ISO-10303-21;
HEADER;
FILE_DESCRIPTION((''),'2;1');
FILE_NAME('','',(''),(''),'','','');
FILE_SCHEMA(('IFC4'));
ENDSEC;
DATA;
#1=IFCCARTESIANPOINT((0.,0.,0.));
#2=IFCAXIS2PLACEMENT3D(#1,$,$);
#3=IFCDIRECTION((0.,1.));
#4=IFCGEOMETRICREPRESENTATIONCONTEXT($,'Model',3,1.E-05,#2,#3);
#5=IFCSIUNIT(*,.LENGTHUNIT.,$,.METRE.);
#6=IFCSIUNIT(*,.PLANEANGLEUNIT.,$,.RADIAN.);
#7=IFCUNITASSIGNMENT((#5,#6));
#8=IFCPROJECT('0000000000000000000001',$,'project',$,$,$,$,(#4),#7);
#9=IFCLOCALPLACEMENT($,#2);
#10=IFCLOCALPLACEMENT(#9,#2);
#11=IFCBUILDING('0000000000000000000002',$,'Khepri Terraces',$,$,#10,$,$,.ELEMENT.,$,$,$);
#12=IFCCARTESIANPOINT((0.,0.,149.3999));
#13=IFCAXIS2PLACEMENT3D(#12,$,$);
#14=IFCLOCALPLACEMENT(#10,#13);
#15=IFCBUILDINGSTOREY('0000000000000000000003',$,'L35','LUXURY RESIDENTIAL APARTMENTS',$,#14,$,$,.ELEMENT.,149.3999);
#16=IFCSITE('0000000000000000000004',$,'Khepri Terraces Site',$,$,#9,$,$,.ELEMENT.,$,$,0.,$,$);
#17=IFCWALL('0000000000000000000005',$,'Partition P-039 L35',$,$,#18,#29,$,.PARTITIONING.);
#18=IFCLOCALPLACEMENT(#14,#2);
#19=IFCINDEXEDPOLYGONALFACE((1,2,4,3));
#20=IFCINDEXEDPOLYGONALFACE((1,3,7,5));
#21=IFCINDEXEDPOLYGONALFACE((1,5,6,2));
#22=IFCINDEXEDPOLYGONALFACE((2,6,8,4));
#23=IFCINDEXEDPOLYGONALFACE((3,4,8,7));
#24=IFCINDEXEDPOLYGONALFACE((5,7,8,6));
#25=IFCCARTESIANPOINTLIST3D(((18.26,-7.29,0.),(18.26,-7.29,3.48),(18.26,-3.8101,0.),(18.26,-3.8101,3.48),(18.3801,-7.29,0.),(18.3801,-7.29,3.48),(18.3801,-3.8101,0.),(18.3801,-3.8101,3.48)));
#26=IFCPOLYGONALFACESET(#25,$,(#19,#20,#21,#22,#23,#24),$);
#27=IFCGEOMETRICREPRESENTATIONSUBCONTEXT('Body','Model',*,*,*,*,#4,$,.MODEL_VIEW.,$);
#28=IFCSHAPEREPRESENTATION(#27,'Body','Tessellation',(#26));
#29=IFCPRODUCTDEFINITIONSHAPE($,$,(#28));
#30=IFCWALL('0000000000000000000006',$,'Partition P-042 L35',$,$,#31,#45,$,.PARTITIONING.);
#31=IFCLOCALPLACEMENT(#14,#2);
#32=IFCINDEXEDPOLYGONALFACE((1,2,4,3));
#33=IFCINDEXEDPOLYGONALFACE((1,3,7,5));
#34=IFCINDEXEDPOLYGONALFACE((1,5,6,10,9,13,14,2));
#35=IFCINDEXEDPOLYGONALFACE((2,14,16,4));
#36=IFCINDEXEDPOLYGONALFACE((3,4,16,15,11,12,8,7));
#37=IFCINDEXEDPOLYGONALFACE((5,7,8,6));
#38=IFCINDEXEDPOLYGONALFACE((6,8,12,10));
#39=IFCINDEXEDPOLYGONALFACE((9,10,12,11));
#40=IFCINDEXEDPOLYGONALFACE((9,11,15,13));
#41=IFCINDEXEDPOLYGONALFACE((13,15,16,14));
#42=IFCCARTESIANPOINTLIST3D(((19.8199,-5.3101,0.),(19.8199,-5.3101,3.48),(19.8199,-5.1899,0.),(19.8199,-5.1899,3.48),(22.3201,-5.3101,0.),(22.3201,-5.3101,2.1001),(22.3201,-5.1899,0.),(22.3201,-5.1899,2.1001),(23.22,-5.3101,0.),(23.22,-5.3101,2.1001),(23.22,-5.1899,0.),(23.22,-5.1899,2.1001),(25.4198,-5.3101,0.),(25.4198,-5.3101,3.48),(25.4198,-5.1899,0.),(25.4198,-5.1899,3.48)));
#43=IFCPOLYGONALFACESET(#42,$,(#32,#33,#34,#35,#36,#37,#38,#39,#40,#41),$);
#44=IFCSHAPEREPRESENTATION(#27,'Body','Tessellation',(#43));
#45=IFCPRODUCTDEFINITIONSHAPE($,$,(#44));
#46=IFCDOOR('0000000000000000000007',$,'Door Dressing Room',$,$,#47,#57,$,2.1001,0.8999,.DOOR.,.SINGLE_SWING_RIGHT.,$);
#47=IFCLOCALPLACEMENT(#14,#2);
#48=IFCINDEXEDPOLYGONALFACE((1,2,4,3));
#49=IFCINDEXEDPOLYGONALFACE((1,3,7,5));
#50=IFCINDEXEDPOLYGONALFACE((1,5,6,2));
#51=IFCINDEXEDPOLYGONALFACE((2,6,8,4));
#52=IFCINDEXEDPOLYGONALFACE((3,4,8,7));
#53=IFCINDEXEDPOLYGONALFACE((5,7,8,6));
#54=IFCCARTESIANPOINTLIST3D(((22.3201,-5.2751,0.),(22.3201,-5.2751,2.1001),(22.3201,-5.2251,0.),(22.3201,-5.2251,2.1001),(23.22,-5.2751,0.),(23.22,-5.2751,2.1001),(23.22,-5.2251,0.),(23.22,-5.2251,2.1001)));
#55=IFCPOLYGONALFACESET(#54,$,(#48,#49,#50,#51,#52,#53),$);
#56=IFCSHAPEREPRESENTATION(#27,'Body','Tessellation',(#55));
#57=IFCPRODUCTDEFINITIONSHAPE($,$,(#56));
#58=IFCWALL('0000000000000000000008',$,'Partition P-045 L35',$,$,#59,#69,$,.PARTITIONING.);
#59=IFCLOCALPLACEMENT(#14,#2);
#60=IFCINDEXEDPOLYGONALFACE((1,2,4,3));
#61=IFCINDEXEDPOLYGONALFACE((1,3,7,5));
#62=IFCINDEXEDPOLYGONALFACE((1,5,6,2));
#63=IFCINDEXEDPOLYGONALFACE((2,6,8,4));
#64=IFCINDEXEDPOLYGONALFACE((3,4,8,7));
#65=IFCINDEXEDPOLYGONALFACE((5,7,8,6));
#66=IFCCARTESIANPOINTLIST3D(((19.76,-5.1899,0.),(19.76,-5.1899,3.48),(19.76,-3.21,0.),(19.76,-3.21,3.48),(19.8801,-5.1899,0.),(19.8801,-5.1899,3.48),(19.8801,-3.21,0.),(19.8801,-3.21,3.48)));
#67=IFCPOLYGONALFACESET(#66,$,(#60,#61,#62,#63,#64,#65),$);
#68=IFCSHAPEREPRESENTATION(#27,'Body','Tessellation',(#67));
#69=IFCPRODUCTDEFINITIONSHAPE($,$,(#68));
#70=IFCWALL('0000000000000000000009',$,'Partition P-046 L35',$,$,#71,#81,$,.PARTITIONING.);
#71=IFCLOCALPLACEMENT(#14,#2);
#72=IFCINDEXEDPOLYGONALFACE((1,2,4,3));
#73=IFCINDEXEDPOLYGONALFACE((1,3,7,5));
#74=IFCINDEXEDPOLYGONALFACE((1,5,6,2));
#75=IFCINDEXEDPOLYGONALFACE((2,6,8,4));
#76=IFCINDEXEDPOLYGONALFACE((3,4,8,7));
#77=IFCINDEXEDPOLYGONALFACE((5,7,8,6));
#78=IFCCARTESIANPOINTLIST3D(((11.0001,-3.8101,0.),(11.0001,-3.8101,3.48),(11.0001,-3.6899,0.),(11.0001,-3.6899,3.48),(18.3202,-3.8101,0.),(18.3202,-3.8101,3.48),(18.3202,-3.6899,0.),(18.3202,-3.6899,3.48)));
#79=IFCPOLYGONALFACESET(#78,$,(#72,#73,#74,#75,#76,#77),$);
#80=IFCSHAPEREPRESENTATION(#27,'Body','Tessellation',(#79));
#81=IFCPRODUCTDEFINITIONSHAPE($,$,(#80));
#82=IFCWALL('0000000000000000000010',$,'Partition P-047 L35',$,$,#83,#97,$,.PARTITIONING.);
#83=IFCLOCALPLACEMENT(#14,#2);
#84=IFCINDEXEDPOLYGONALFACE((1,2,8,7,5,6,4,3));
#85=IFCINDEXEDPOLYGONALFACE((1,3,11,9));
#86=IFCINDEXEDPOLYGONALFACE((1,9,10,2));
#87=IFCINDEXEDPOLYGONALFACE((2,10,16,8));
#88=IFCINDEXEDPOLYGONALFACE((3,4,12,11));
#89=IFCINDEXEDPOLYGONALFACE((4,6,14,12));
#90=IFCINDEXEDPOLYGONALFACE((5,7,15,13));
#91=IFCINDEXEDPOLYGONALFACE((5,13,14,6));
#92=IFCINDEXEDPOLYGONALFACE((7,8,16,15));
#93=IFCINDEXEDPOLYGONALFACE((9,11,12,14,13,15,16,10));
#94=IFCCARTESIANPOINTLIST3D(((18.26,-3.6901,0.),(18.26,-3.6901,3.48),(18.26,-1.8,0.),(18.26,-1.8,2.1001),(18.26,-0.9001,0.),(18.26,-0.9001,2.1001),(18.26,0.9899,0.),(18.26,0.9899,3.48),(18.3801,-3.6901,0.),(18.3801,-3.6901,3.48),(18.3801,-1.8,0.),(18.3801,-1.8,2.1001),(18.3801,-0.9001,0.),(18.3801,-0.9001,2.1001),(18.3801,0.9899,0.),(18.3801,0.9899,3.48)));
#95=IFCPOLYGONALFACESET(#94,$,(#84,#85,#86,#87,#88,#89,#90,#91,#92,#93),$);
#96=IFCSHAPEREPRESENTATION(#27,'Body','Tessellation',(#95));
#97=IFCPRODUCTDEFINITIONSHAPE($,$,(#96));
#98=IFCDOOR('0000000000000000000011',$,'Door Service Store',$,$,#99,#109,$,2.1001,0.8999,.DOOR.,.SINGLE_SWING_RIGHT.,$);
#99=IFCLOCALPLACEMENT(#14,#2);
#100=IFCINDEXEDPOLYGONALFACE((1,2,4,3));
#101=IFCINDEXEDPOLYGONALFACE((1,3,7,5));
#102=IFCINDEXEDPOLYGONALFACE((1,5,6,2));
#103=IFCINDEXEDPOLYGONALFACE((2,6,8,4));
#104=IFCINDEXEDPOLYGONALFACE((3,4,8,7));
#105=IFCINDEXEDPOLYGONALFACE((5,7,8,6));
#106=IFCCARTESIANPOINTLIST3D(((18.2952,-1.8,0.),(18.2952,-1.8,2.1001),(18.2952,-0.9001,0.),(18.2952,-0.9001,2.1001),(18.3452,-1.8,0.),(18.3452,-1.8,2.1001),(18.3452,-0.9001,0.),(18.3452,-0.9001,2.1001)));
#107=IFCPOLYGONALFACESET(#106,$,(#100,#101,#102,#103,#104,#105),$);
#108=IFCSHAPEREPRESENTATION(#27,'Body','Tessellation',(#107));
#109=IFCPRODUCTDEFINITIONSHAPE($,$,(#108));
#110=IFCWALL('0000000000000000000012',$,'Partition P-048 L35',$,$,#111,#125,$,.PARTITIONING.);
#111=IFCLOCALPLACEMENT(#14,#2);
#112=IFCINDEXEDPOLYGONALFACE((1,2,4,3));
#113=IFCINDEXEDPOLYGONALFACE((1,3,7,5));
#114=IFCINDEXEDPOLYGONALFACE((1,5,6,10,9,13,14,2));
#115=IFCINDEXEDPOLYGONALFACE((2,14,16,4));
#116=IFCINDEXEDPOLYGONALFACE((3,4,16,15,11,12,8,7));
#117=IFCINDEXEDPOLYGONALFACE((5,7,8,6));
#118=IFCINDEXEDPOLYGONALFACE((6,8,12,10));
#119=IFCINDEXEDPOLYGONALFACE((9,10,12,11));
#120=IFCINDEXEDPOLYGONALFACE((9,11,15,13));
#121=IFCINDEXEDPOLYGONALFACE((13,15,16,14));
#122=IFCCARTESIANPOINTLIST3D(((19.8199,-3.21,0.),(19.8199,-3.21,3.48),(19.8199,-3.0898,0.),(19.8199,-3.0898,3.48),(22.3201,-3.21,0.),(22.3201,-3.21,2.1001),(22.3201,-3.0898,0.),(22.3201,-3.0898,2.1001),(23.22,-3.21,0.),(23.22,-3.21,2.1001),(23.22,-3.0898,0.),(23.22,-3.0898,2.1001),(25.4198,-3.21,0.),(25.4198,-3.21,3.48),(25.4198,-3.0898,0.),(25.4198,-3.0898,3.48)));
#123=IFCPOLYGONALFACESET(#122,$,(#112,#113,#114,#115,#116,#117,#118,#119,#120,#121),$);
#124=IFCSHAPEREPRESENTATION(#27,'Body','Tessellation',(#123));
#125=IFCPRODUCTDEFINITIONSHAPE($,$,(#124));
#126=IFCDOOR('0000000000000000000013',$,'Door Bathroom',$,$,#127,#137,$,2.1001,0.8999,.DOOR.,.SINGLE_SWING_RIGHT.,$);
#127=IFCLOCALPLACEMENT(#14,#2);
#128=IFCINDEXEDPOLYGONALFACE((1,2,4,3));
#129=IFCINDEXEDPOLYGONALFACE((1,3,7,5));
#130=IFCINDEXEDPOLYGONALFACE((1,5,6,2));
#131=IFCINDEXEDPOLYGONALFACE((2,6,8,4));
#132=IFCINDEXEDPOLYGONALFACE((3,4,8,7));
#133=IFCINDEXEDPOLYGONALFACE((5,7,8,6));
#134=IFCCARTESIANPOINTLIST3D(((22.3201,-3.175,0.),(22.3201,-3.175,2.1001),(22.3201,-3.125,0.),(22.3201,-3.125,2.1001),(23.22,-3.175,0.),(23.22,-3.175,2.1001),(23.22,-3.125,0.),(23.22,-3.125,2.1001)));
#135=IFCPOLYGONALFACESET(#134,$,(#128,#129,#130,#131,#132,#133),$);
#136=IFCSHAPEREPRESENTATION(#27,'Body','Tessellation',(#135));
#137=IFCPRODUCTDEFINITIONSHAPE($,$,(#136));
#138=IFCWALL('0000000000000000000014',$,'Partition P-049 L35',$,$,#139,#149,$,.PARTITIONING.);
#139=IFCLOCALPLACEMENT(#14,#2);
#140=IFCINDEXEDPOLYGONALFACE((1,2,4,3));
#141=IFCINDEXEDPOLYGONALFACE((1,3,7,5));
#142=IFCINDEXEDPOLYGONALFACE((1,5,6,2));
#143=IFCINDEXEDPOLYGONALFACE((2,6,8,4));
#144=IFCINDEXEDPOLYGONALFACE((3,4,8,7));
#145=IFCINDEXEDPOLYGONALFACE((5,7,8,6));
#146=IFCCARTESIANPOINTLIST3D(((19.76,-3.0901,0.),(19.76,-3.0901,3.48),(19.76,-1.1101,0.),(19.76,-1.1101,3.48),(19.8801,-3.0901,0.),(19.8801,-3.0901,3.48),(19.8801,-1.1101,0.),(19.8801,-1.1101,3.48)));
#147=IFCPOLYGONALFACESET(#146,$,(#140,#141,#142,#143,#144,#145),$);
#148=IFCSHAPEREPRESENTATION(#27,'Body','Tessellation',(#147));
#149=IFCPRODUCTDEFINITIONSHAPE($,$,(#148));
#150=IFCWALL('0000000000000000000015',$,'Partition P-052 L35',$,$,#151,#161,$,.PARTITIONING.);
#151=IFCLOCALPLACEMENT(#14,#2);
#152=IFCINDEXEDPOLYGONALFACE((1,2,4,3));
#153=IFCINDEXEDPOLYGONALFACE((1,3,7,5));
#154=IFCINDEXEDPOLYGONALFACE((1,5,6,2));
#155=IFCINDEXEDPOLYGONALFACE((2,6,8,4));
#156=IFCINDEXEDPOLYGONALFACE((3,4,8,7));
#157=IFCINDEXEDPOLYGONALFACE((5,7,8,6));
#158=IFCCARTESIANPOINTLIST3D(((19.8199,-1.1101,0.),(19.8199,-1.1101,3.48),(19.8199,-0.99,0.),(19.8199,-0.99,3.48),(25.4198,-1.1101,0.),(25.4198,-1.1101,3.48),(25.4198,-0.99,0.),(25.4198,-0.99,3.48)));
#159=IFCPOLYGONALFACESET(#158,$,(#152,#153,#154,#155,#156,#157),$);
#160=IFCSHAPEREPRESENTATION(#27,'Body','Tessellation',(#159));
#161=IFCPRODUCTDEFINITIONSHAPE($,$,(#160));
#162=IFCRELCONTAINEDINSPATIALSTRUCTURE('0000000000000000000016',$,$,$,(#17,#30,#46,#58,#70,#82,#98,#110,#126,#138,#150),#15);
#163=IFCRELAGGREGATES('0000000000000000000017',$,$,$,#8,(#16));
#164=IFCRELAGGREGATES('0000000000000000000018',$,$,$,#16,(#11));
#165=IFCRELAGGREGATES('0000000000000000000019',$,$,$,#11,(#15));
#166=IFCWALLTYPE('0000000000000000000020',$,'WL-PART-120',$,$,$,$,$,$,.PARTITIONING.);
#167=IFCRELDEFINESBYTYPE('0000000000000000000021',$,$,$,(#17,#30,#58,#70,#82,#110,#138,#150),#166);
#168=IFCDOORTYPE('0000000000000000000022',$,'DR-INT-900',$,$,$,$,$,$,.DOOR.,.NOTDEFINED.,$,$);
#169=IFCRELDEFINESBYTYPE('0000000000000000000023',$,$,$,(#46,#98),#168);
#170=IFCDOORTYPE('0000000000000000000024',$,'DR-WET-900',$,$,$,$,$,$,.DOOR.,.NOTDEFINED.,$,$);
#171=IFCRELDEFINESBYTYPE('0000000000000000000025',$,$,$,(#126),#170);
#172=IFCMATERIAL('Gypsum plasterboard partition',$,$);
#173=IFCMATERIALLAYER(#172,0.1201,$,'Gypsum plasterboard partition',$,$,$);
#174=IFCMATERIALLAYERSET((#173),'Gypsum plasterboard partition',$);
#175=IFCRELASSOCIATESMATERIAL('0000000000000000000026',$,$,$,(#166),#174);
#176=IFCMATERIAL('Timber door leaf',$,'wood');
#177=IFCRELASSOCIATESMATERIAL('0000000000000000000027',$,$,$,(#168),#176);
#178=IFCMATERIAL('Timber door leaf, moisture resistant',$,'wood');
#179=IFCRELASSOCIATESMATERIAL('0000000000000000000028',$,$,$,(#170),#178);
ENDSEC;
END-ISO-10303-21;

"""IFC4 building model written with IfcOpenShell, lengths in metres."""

from ifc_helpers import new_model, si_unit, direction, frame, frame_2d, origin, place, context, subcontext, project, spatial, rectangle, extrude, material, layer, layer_set, type_object, element, fill, save


model = new_model("IFC4")

# Units and contexts
model_context = context("Model", 3, precision=1e-05, world=origin(), true_north=direction((0.0, 1.0)))
body_context = subcontext(model_context, "Body", "Model", "MODEL_VIEW")
ifc_project = project(units=[si_unit("LENGTHUNIT", "METRE"), si_unit("PLANEANGLEUNIT", "RADIAN")], contexts=[model_context])

# Site, building, storey
site_placement = place(None, origin())
site = spatial("IfcSite", under=ifc_project, at=site_placement, Name="Khepri Terraces Site", CompositionType="ELEMENT", RefElevation=0.0)
building_placement = place(site_placement, origin())
building = spatial("IfcBuilding", under=site, at=building_placement, Name="Khepri Terraces", CompositionType="ELEMENT")
storey_placement = place(building_placement, frame((0.0, 0.0, 149.3999)))
storey = spatial("IfcBuildingStorey", under=building, at=storey_placement, Name="L35", Description="LUXURY RESIDENTIAL APARTMENTS", CompositionType="ELEMENT", Elevation=149.3999)

# Shared definitions
ifc_material_1 = material(Name="Gypsum plasterboard partition")
ifc_layer_1 = layer(ifc_material_1, 0.1201, Name="Gypsum plasterboard partition")
ifc_layer_set_1 = layer_set([ifc_layer_1], Name="Gypsum plasterboard partition")
wall_type_1 = type_object("IfcWallType", Name="WL-PART-120", PredefinedType="PARTITIONING", material=ifc_layer_set_1)
ifc_material_2 = material(Name="Timber door leaf", Category="wood")
door_type_1 = type_object("IfcDoorType", Name="DR-INT-900", OperationType="NOTDEFINED", PredefinedType="DOOR", material=ifc_material_2)

# Wall
wall_1_placement = place(storey_placement, frame((18.3201, -7.29, 0.0), z_axis=(0.0, 0.0, 1.0), x_axis=(0.0, 1.0, 0.0)))
element("IfcWall", 1, at=wall_1_placement, inside=storey, type_object=wall_type_1, Name="Partition P-039 L35", PredefinedType="PARTITIONING", context=body_context, shape_type="SweptSolid", body=[
    extrude(rectangle(XDim=3.48, YDim=0.1201, at=frame_2d((1.74, 0.0))), origin(), (0.0, 0.0, 1.0), 3.48),
])

# Wall, opening, door
wall_2_placement = place(storey_placement, frame((19.8201, -5.25, 0.0), z_axis=(0.0, 0.0, 1.0), x_axis=(1.0, 0.0, 0.0)))
wall_2 = element("IfcWall", 2, at=wall_2_placement, inside=storey, type_object=wall_type_1, Name="Partition P-042 L35", PredefinedType="PARTITIONING", context=body_context, shape_type="SweptSolid", body=[
    extrude(rectangle(XDim=5.5999, YDim=0.1201, at=frame_2d((2.7998, 0.0))), origin(), (0.0, 0.0, 1.0), 3.48),
])
opening_1_placement = place(wall_2_placement, frame((2.5, 0.0, 0.0)))
opening_1 = element("IfcOpeningElement", 3, at=opening_1_placement, cuts=wall_2, PredefinedType="OPENING", context=body_context, shape_type="SweptSolid", body=[
    extrude(rectangle(XDim=0.8999, YDim=2.1001, at=frame_2d((0.45, 1.05))), frame((0.0, 0.0701, 0.0), z_axis=(0.0, -1.0, 0.0), x_axis=(1.0, 0.0, 0.0)), (0.0, 0.0, 1.0), 0.1401),
])
door_1_placement = place(opening_1_placement, origin())
door_1 = element("IfcDoor", 4, at=door_1_placement, inside=storey, type_object=door_type_1, Name="Door Dressing Room", OperationType="SINGLE_SWING_RIGHT", OverallHeight=2.1001, OverallWidth=0.8999, PredefinedType="DOOR", context=body_context, shape_type="SweptSolid", body=[
    extrude(rectangle(XDim=0.8999, YDim=2.1001, at=frame_2d((0.45, 1.05))), frame((0.0, 0.0249, 0.0), z_axis=(0.0, -1.0, 0.0), x_axis=(1.0, 0.0, 0.0)), (0.0, 0.0, 1.0), 0.05),
])
fill(opening_1, door_1)

# Walls
wall_3_placement = place(storey_placement, frame((19.8201, -5.1899, 0.0), z_axis=(0.0, 0.0, 1.0), x_axis=(0.0, 1.0, 0.0)))
element("IfcWall", 5, at=wall_3_placement, inside=storey, type_object=wall_type_1, Name="Partition P-045 L35", PredefinedType="PARTITIONING", context=body_context, shape_type="SweptSolid", body=[
    extrude(rectangle(XDim=1.98, YDim=0.1201, at=frame_2d((0.99, 0.0))), origin(), (0.0, 0.0, 1.0), 3.48),
])
wall_4_placement = place(storey_placement, frame((11.0, -3.75, 0.0), z_axis=(0.0, 0.0, 1.0), x_axis=(1.0, 0.0, 0.0)))
element("IfcWall", 6, at=wall_4_placement, inside=storey, type_object=wall_type_1, Name="Partition P-046 L35", PredefinedType="PARTITIONING", context=body_context, shape_type="SweptSolid", body=[
    extrude(rectangle(XDim=7.3201, YDim=0.1201, at=frame_2d((3.6602, 0.0))), origin(), (0.0, 0.0, 1.0), 3.48),
])

# Walls, openings, doors
wall_5_placement = place(storey_placement, frame((18.3201, -3.6899, 0.0), z_axis=(0.0, 0.0, 1.0), x_axis=(0.0, 1.0, 0.0)))
wall_5 = element("IfcWall", 7, at=wall_5_placement, inside=storey, type_object=wall_type_1, Name="Partition P-047 L35", PredefinedType="PARTITIONING", context=body_context, shape_type="SweptSolid", body=[
    extrude(rectangle(XDim=4.6799, YDim=0.1201, at=frame_2d((2.3398, 0.0))), origin(), (0.0, 0.0, 1.0), 3.48),
])
opening_2_placement = place(wall_5_placement, frame((1.8899, 0.0, 0.0)))
opening_2 = element("IfcOpeningElement", 8, at=opening_2_placement, cuts=wall_5, PredefinedType="OPENING", context=body_context, shape_type="SweptSolid", body=[
    extrude(rectangle(XDim=0.8999, YDim=2.1001, at=frame_2d((0.45, 1.05))), frame((0.0, 0.0701, 0.0), z_axis=(0.0, -1.0, 0.0), x_axis=(1.0, 0.0, 0.0)), (0.0, 0.0, 1.0), 0.1401),
])
door_2_placement = place(opening_2_placement, origin())
door_2 = element("IfcDoor", 9, at=door_2_placement, inside=storey, type_object=door_type_1, Name="Door Service Store", OperationType="SINGLE_SWING_RIGHT", OverallHeight=2.1001, OverallWidth=0.8999, PredefinedType="DOOR", context=body_context, shape_type="SweptSolid", body=[
    extrude(rectangle(XDim=0.8999, YDim=2.1001, at=frame_2d((0.45, 1.05))), frame((0.0, 0.0249, 0.0), z_axis=(0.0, -1.0, 0.0), x_axis=(1.0, 0.0, 0.0)), (0.0, 0.0, 1.0), 0.05),
])
fill(opening_2, door_2)
wall_6_placement = place(storey_placement, frame((19.8201, -3.1499, 0.0), z_axis=(0.0, 0.0, 1.0), x_axis=(1.0, 0.0, 0.0)))
wall_6 = element("IfcWall", 10, at=wall_6_placement, inside=storey, type_object=wall_type_1, Name="Partition P-048 L35", PredefinedType="PARTITIONING", context=body_context, shape_type="SweptSolid", body=[
    extrude(rectangle(XDim=5.5999, YDim=0.1201, at=frame_2d((2.7998, 0.0))), origin(), (0.0, 0.0, 1.0), 3.48),
])
opening_3_placement = place(wall_6_placement, frame((2.5, 0.0, 0.0)))
opening_3 = element("IfcOpeningElement", 11, at=opening_3_placement, cuts=wall_6, PredefinedType="OPENING", context=body_context, shape_type="SweptSolid", body=[
    extrude(rectangle(XDim=0.8999, YDim=2.1001, at=frame_2d((0.45, 1.05))), frame((0.0, 0.0701, 0.0), z_axis=(0.0, -1.0, 0.0), x_axis=(1.0, 0.0, 0.0)), (0.0, 0.0, 1.0), 0.1401),
])
ifc_material_3 = material(Name="Timber door leaf, moisture resistant", Category="wood")
door_type_2 = type_object("IfcDoorType", Name="DR-WET-900", OperationType="NOTDEFINED", PredefinedType="DOOR", material=ifc_material_3)
door_3_placement = place(opening_3_placement, origin())
door_3 = element("IfcDoor", 12, at=door_3_placement, inside=storey, type_object=door_type_2, Name="Door Bathroom", OperationType="SINGLE_SWING_RIGHT", OverallHeight=2.1001, OverallWidth=0.8999, PredefinedType="DOOR", context=body_context, shape_type="SweptSolid", body=[
    extrude(rectangle(XDim=0.8999, YDim=2.1001, at=frame_2d((0.45, 1.05))), frame((0.0, 0.0249, 0.0), z_axis=(0.0, -1.0, 0.0), x_axis=(1.0, 0.0, 0.0)), (0.0, 0.0, 1.0), 0.05),
])
fill(opening_3, door_3)

# Walls
wall_7_placement = place(storey_placement, frame((19.8201, -3.0901, 0.0), z_axis=(0.0, 0.0, 1.0), x_axis=(0.0, 1.0, 0.0)))
element("IfcWall", 13, at=wall_7_placement, inside=storey, type_object=wall_type_1, Name="Partition P-049 L35", PredefinedType="PARTITIONING", context=body_context, shape_type="SweptSolid", body=[
    extrude(rectangle(XDim=1.98, YDim=0.1201, at=frame_2d((0.99, 0.0))), origin(), (0.0, 0.0, 1.0), 3.48),
])
wall_8_placement = place(storey_placement, frame((19.8201, -1.05, 0.0), z_axis=(0.0, 0.0, 1.0), x_axis=(1.0, 0.0, 0.0)))
element("IfcWall", 14, at=wall_8_placement, inside=storey, type_object=wall_type_1, Name="Partition P-052 L35", PredefinedType="PARTITIONING", context=body_context, shape_type="SweptSolid", body=[
    extrude(rectangle(XDim=5.5999, YDim=0.1201, at=frame_2d((2.7998, 0.0))), origin(), (0.0, 0.0, 1.0), 3.48),
])

save(model, "model.ifc")
